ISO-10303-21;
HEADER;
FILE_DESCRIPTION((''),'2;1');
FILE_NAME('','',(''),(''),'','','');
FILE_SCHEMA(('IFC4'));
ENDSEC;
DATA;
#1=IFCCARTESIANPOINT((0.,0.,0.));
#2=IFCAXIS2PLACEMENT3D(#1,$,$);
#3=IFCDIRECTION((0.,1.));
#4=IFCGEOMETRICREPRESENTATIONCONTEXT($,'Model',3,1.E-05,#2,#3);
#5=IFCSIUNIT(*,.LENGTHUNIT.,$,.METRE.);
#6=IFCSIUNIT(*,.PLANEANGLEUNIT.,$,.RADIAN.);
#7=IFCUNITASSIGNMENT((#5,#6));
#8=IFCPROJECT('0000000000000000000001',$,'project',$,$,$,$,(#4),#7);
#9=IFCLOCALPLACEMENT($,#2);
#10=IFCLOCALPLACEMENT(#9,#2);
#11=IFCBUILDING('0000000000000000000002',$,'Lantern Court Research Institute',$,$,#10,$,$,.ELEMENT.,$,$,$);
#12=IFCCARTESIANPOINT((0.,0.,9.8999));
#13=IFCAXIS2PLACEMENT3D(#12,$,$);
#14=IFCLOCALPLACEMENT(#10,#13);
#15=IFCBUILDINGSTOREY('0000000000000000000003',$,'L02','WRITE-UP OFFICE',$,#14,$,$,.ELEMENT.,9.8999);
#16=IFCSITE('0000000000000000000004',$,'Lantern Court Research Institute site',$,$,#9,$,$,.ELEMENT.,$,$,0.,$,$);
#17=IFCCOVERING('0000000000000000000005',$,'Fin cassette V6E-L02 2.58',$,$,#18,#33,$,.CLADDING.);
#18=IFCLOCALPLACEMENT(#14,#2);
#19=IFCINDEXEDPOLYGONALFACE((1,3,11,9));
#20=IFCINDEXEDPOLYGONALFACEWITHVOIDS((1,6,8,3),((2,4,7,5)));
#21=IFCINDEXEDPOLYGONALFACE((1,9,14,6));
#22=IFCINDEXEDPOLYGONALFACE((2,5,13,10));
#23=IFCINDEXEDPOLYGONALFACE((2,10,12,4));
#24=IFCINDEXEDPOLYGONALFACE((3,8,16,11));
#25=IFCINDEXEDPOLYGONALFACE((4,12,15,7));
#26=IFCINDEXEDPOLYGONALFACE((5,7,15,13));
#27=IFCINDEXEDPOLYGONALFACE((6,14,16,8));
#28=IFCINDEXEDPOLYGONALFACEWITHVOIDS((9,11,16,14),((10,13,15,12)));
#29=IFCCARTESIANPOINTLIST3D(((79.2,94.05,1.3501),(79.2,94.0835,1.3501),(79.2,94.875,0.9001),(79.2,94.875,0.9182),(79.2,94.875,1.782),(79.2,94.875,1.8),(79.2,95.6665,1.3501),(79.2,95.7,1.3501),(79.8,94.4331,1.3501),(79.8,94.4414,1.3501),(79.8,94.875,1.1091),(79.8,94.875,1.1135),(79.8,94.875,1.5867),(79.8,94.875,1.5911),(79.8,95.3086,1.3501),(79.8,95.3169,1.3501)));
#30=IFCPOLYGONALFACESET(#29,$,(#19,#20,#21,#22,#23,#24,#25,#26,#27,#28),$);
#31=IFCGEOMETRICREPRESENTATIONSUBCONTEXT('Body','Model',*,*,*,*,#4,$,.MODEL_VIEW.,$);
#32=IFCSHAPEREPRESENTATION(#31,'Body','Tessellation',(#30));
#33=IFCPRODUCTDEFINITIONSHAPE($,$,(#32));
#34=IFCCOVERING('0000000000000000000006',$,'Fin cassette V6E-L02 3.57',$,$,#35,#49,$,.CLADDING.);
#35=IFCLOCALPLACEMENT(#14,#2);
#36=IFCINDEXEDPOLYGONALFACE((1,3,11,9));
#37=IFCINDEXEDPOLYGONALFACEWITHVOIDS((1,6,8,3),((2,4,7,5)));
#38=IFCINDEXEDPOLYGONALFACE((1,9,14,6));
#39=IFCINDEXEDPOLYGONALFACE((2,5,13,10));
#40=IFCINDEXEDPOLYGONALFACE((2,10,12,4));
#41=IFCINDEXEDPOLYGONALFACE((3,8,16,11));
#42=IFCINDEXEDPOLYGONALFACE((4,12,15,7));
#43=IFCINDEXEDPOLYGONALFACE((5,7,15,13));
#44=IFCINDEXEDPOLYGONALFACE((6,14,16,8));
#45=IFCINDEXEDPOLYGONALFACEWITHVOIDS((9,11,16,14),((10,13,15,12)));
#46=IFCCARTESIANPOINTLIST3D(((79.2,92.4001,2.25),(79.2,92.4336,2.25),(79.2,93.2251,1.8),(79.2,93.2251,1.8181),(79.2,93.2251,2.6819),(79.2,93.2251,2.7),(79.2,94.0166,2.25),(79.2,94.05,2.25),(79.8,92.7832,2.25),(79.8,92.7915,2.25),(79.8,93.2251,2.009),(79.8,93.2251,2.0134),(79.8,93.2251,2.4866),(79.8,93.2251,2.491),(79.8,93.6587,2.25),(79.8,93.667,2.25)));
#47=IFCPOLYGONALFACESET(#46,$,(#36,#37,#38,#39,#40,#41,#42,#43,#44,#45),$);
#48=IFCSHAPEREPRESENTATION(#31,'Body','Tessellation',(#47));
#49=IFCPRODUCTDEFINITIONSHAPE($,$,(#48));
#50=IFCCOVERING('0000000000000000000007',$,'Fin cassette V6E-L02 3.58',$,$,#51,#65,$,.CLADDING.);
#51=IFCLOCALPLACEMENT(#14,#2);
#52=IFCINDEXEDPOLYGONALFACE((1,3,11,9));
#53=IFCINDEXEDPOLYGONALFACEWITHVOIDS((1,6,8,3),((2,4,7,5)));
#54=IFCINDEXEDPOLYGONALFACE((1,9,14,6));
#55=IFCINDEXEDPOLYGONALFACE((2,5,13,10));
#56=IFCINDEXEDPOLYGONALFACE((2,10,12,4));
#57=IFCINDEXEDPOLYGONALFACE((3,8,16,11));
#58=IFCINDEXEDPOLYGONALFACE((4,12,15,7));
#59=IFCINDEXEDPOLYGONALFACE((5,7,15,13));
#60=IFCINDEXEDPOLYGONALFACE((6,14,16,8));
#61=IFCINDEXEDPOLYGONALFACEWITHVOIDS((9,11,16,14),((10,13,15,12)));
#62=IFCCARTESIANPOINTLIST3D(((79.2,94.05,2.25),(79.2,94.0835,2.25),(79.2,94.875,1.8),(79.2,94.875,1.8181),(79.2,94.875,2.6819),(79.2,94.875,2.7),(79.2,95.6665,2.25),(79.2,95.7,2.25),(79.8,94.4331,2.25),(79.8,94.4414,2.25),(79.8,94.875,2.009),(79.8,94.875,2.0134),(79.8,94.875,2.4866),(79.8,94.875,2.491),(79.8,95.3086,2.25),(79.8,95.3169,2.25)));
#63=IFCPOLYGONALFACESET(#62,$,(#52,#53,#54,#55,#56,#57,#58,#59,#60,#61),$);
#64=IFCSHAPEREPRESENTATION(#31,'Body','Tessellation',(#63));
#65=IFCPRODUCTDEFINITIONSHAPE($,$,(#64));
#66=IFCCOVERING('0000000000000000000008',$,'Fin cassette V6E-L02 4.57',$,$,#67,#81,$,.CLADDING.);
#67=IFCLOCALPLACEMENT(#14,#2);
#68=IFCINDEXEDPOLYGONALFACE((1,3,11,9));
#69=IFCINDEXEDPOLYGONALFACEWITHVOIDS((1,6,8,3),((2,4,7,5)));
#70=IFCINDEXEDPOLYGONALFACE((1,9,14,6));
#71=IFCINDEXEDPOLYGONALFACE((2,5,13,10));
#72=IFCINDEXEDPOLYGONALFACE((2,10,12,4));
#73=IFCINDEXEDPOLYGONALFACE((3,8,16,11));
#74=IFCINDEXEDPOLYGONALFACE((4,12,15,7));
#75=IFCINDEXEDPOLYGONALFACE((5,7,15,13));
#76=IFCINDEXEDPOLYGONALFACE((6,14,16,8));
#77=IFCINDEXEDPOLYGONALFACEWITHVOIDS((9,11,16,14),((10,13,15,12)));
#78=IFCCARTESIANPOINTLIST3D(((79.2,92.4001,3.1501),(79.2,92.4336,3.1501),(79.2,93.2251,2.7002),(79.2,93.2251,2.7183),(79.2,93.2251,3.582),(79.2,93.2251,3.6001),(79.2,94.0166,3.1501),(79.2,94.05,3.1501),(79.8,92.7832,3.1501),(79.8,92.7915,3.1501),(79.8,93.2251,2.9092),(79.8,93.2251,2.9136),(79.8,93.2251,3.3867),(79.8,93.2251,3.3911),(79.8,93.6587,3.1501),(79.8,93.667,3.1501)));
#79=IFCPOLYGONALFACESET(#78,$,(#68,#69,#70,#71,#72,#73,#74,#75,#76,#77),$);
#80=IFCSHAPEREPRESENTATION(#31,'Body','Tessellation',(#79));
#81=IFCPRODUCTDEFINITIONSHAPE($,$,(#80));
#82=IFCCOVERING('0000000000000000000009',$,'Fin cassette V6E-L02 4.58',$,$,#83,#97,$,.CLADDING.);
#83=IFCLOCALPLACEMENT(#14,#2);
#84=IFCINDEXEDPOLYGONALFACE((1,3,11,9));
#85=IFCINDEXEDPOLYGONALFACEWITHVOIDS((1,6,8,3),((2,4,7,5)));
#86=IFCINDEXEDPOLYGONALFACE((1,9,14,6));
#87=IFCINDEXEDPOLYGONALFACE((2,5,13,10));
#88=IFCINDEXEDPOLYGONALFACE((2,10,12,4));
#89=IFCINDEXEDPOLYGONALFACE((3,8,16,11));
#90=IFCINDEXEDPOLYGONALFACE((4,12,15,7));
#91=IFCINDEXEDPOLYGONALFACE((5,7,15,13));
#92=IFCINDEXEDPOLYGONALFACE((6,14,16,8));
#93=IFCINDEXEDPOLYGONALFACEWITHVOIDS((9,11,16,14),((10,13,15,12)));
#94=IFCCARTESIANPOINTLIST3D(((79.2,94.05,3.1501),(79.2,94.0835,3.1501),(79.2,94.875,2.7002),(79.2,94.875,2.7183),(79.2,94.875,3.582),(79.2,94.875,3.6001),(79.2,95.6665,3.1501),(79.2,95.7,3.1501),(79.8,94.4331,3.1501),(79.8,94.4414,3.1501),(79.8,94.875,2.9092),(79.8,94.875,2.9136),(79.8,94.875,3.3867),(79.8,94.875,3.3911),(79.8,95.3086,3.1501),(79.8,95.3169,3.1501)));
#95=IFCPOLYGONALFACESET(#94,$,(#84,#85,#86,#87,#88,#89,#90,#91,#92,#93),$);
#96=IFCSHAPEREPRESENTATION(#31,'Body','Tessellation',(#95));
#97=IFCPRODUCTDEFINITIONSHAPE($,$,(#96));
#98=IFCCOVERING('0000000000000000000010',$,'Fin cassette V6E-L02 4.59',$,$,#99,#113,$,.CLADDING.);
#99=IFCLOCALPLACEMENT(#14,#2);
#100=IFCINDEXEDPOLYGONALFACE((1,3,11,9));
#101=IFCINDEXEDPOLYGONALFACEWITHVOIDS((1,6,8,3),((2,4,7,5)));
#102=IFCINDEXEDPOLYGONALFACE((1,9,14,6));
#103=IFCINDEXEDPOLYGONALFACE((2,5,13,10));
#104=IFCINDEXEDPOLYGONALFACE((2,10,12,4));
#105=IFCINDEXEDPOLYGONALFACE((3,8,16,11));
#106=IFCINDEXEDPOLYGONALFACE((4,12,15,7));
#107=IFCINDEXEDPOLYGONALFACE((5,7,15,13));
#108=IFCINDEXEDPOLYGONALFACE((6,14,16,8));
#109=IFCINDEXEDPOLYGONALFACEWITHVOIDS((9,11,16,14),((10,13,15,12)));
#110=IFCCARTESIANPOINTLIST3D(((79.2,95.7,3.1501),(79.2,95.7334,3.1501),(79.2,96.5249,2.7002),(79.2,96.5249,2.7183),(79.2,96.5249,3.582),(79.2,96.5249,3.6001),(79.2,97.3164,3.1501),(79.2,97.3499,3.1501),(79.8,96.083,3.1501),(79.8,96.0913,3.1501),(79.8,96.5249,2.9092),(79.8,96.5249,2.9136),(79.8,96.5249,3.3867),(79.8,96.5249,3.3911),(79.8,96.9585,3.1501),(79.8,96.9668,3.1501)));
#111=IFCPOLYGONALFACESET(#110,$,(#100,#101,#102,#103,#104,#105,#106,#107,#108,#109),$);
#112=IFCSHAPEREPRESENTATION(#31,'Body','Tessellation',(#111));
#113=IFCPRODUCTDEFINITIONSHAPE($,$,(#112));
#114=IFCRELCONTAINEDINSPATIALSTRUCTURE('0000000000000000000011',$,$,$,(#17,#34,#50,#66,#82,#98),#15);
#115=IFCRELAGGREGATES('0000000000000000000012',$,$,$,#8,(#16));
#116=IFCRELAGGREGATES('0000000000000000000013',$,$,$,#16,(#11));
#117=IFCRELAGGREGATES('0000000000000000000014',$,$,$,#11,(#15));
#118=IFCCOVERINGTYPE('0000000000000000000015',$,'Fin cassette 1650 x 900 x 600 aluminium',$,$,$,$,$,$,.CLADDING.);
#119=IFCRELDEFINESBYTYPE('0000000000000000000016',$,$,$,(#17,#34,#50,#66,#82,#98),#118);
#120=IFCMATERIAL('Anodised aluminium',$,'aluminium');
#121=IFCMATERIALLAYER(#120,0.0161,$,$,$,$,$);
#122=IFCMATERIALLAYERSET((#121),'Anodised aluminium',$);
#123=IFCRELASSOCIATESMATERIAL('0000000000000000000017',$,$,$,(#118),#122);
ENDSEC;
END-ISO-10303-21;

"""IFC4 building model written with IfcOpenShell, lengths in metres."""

from ifc_helpers import new_model, entity, si_unit, direction, frame, origin, place, context, subcontext, project, spatial, material, layer, layer_set, type_object, element, save


model = new_model("IFC4")

# Units and contexts
model_context = context("Model", 3, precision=1e-05, world=origin(), true_north=direction((0.0, 1.0)))
body_context = subcontext(model_context, "Body", "Model", "MODEL_VIEW")
ifc_project = project(units=[si_unit("LENGTHUNIT", "METRE"), si_unit("PLANEANGLEUNIT", "RADIAN")], contexts=[model_context])

# Site, building, storey
site_placement = place(None, origin())
site = spatial("IfcSite", under=ifc_project, at=site_placement, Name="Lantern Court Research Institute site", CompositionType="ELEMENT", RefElevation=0.0)
building_placement = place(site_placement, origin())
building = spatial("IfcBuilding", under=site, at=building_placement, Name="Lantern Court Research Institute", CompositionType="ELEMENT")
storey_placement = place(building_placement, frame((0.0, 0.0, 9.8999)))
storey = spatial("IfcBuildingStorey", under=building, at=storey_placement, Name="L02", Description="WRITE-UP OFFICE", CompositionType="ELEMENT", Elevation=9.8999)

# Coverings
ifc_material_1 = material(Name="Anodised aluminium", Category="aluminium")
ifc_layer = layer(ifc_material_1, 0.0161)
ifc_layer_set = layer_set([ifc_layer], Name="Anodised aluminium")
covering_type = type_object("IfcCoveringType", Name="Fin cassette 1650 x 900 x 600 aluminium", PredefinedType="CLADDING", material=ifc_layer_set)
covering_1_placement = place(storey_placement, frame((79.2, 94.875, 1.3501), z_axis=(1.0, 0.0, 0.0), x_axis=(0.0, 1.0, 0.0)))
cartesian_point_1 = entity("IfcCartesianPoint", [0.825, 0.0])
cartesian_point_2 = entity("IfcCartesianPoint", [0.7915, 0.0])
cartesian_point_3 = entity("IfcCartesianPoint", [0.4419, 0.0])
cartesian_point_4 = entity("IfcCartesianPoint", [0.4336, 0.0])
element("IfcCovering", 1, at=covering_1_placement, inside=storey, type_object=covering_type, Name="Fin cassette V6E-L02 2.58", PredefinedType="CLADDING", context=body_context, shape_type="SweptSolid", body=[
    entity("IfcExtrudedAreaSolidTapered", entity("IfcArbitraryProfileDefWithVoids", "AREA", None, entity("IfcPolyline", [cartesian_point_1, entity("IfcCartesianPoint", [0.0, 0.45]), entity("IfcCartesianPoint", [-0.825, 0.0]), entity("IfcCartesianPoint", [0.0, -0.45]), cartesian_point_1]), [entity("IfcPolyline", [cartesian_point_2, entity("IfcCartesianPoint", [0.0, 0.4319]), entity("IfcCartesianPoint", [-0.7915, 0.0]), entity("IfcCartesianPoint", [0.0, -0.4319]), cartesian_point_2])]), entity("IfcAxis2Placement3D", entity("IfcCartesianPoint", [0.0, 0.0, 0.0])), entity("IfcDirection", [0.0, 0.0, 1.0]), 0.6001, entity("IfcArbitraryProfileDefWithVoids", "AREA", None, entity("IfcPolyline", [cartesian_point_3, entity("IfcCartesianPoint", [0.0, 0.241]), entity("IfcCartesianPoint", [-0.4419, 0.0]), entity("IfcCartesianPoint", [0.0, -0.241]), cartesian_point_3]), [entity("IfcPolyline", [cartesian_point_4, entity("IfcCartesianPoint", [0.0, 0.2366]), entity("IfcCartesianPoint", [-0.4336, 0.0]), entity("IfcCartesianPoint", [0.0, -0.2366]), cartesian_point_4])])),
])
covering_2_placement = place(storey_placement, frame((79.2, 93.2251, 2.25), z_axis=(1.0, 0.0, 0.0), x_axis=(0.0, 1.0, 0.0)))
cartesian_point_5 = entity("IfcCartesianPoint", [0.825, 0.0])
cartesian_point_6 = entity("IfcCartesianPoint", [0.7915, 0.0])
cartesian_point_7 = entity("IfcCartesianPoint", [0.4419, 0.0])
cartesian_point_8 = entity("IfcCartesianPoint", [0.4336, 0.0])
element("IfcCovering", 2, at=covering_2_placement, inside=storey, type_object=covering_type, Name="Fin cassette V6E-L02 3.57", PredefinedType="CLADDING", context=body_context, shape_type="SweptSolid", body=[
    entity("IfcExtrudedAreaSolidTapered", entity("IfcArbitraryProfileDefWithVoids", "AREA", None, entity("IfcPolyline", [cartesian_point_5, entity("IfcCartesianPoint", [0.0, 0.45]), entity("IfcCartesianPoint", [-0.825, 0.0]), entity("IfcCartesianPoint", [0.0, -0.45]), cartesian_point_5]), [entity("IfcPolyline", [cartesian_point_6, entity("IfcCartesianPoint", [0.0, 0.4319]), entity("IfcCartesianPoint", [-0.7915, 0.0]), entity("IfcCartesianPoint", [0.0, -0.4319]), cartesian_point_6])]), entity("IfcAxis2Placement3D", entity("IfcCartesianPoint", [0.0, 0.0, 0.0])), entity("IfcDirection", [0.0, 0.0, 1.0]), 0.6001, entity("IfcArbitraryProfileDefWithVoids", "AREA", None, entity("IfcPolyline", [cartesian_point_7, entity("IfcCartesianPoint", [0.0, 0.241]), entity("IfcCartesianPoint", [-0.4419, 0.0]), entity("IfcCartesianPoint", [0.0, -0.241]), cartesian_point_7]), [entity("IfcPolyline", [cartesian_point_8, entity("IfcCartesianPoint", [0.0, 0.2366]), entity("IfcCartesianPoint", [-0.4336, 0.0]), entity("IfcCartesianPoint", [0.0, -0.2366]), cartesian_point_8])])),
])
covering_3_placement = place(storey_placement, frame((79.2, 94.875, 2.25), z_axis=(1.0, 0.0, 0.0), x_axis=(0.0, 1.0, 0.0)))
cartesian_point_9 = entity("IfcCartesianPoint", [0.825, 0.0])
cartesian_point_10 = entity("IfcCartesianPoint", [0.7915, 0.0])
cartesian_point_11 = entity("IfcCartesianPoint", [0.4419, 0.0])
cartesian_point_12 = entity("IfcCartesianPoint", [0.4336, 0.0])
element("IfcCovering", 3, at=covering_3_placement, inside=storey, type_object=covering_type, Name="Fin cassette V6E-L02 3.58", PredefinedType="CLADDING", context=body_context, shape_type="SweptSolid", body=[
    entity("IfcExtrudedAreaSolidTapered", entity("IfcArbitraryProfileDefWithVoids", "AREA", None, entity("IfcPolyline", [cartesian_point_9, entity("IfcCartesianPoint", [0.0, 0.45]), entity("IfcCartesianPoint", [-0.825, 0.0]), entity("IfcCartesianPoint", [0.0, -0.45]), cartesian_point_9]), [entity("IfcPolyline", [cartesian_point_10, entity("IfcCartesianPoint", [0.0, 0.4319]), entity("IfcCartesianPoint", [-0.7915, 0.0]), entity("IfcCartesianPoint", [0.0, -0.4319]), cartesian_point_10])]), entity("IfcAxis2Placement3D", entity("IfcCartesianPoint", [0.0, 0.0, 0.0])), entity("IfcDirection", [0.0, 0.0, 1.0]), 0.6001, entity("IfcArbitraryProfileDefWithVoids", "AREA", None, entity("IfcPolyline", [cartesian_point_11, entity("IfcCartesianPoint", [0.0, 0.241]), entity("IfcCartesianPoint", [-0.4419, 0.0]), entity("IfcCartesianPoint", [0.0, -0.241]), cartesian_point_11]), [entity("IfcPolyline", [cartesian_point_12, entity("IfcCartesianPoint", [0.0, 0.2366]), entity("IfcCartesianPoint", [-0.4336, 0.0]), entity("IfcCartesianPoint", [0.0, -0.2366]), cartesian_point_12])])),
])
covering_4_placement = place(storey_placement, frame((79.2, 93.2251, 3.1501), z_axis=(1.0, 0.0, 0.0), x_axis=(0.0, 1.0, 0.0)))
cartesian_point_13 = entity("IfcCartesianPoint", [0.825, 0.0])
cartesian_point_14 = entity("IfcCartesianPoint", [0.7915, 0.0])
cartesian_point_15 = entity("IfcCartesianPoint", [0.4419, 0.0])
cartesian_point_16 = entity("IfcCartesianPoint", [0.4336, 0.0])
element("IfcCovering", 4, at=covering_4_placement, inside=storey, type_object=covering_type, Name="Fin cassette V6E-L02 4.57", PredefinedType="CLADDING", context=body_context, shape_type="SweptSolid", body=[
    entity("IfcExtrudedAreaSolidTapered", entity("IfcArbitraryProfileDefWithVoids", "AREA", None, entity("IfcPolyline", [cartesian_point_13, entity("IfcCartesianPoint", [0.0, 0.45]), entity("IfcCartesianPoint", [-0.825, 0.0]), entity("IfcCartesianPoint", [0.0, -0.45]), cartesian_point_13]), [entity("IfcPolyline", [cartesian_point_14, entity("IfcCartesianPoint", [0.0, 0.4319]), entity("IfcCartesianPoint", [-0.7915, 0.0]), entity("IfcCartesianPoint", [0.0, -0.4319]), cartesian_point_14])]), entity("IfcAxis2Placement3D", entity("IfcCartesianPoint", [0.0, 0.0, 0.0])), entity("IfcDirection", [0.0, 0.0, 1.0]), 0.6001, entity("IfcArbitraryProfileDefWithVoids", "AREA", None, entity("IfcPolyline", [cartesian_point_15, entity("IfcCartesianPoint", [0.0, 0.241]), entity("IfcCartesianPoint", [-0.4419, 0.0]), entity("IfcCartesianPoint", [0.0, -0.241]), cartesian_point_15]), [entity("IfcPolyline", [cartesian_point_16, entity("IfcCartesianPoint", [0.0, 0.2366]), entity("IfcCartesianPoint", [-0.4336, 0.0]), entity("IfcCartesianPoint", [0.0, -0.2366]), cartesian_point_16])])),
])
covering_5_placement = place(storey_placement, frame((79.2, 94.875, 3.1501), z_axis=(1.0, 0.0, 0.0), x_axis=(0.0, 1.0, 0.0)))
cartesian_point_17 = entity("IfcCartesianPoint", [0.825, 0.0])
cartesian_point_18 = entity("IfcCartesianPoint", [0.7915, 0.0])
cartesian_point_19 = entity("IfcCartesianPoint", [0.4419, 0.0])
cartesian_point_20 = entity("IfcCartesianPoint", [0.4336, 0.0])
element("IfcCovering", 5, at=covering_5_placement, inside=storey, type_object=covering_type, Name="Fin cassette V6E-L02 4.58", PredefinedType="CLADDING", context=body_context, shape_type="SweptSolid", body=[
    entity("IfcExtrudedAreaSolidTapered", entity("IfcArbitraryProfileDefWithVoids", "AREA", None, entity("IfcPolyline", [cartesian_point_17, entity("IfcCartesianPoint", [0.0, 0.45]), entity("IfcCartesianPoint", [-0.825, 0.0]), entity("IfcCartesianPoint", [0.0, -0.45]), cartesian_point_17]), [entity("IfcPolyline", [cartesian_point_18, entity("IfcCartesianPoint", [0.0, 0.4319]), entity("IfcCartesianPoint", [-0.7915, 0.0]), entity("IfcCartesianPoint", [0.0, -0.4319]), cartesian_point_18])]), entity("IfcAxis2Placement3D", entity("IfcCartesianPoint", [0.0, 0.0, 0.0])), entity("IfcDirection", [0.0, 0.0, 1.0]), 0.6001, entity("IfcArbitraryProfileDefWithVoids", "AREA", None, entity("IfcPolyline", [cartesian_point_19, entity("IfcCartesianPoint", [0.0, 0.241]), entity("IfcCartesianPoint", [-0.4419, 0.0]), entity("IfcCartesianPoint", [0.0, -0.241]), cartesian_point_19]), [entity("IfcPolyline", [cartesian_point_20, entity("IfcCartesianPoint", [0.0, 0.2366]), entity("IfcCartesianPoint", [-0.4336, 0.0]), entity("IfcCartesianPoint", [0.0, -0.2366]), cartesian_point_20])])),
])
covering_6_placement = place(storey_placement, frame((79.2, 96.5249, 3.1501), z_axis=(1.0, 0.0, 0.0), x_axis=(0.0, 1.0, 0.0)))
cartesian_point_21 = entity("IfcCartesianPoint", [0.825, 0.0])
cartesian_point_22 = entity("IfcCartesianPoint", [0.7915, 0.0])
cartesian_point_23 = entity("IfcCartesianPoint", [0.4419, 0.0])
cartesian_point_24 = entity("IfcCartesianPoint", [0.4336, 0.0])
element("IfcCovering", 6, at=covering_6_placement, inside=storey, type_object=covering_type, Name="Fin cassette V6E-L02 4.59", PredefinedType="CLADDING", context=body_context, shape_type="SweptSolid", body=[
    entity("IfcExtrudedAreaSolidTapered", entity("IfcArbitraryProfileDefWithVoids", "AREA", None, entity("IfcPolyline", [cartesian_point_21, entity("IfcCartesianPoint", [0.0, 0.45]), entity("IfcCartesianPoint", [-0.825, 0.0]), entity("IfcCartesianPoint", [0.0, -0.45]), cartesian_point_21]), [entity("IfcPolyline", [cartesian_point_22, entity("IfcCartesianPoint", [0.0, 0.4319]), entity("IfcCartesianPoint", [-0.7915, 0.0]), entity("IfcCartesianPoint", [0.0, -0.4319]), cartesian_point_22])]), entity("IfcAxis2Placement3D", entity("IfcCartesianPoint", [0.0, 0.0, 0.0])), entity("IfcDirection", [0.0, 0.0, 1.0]), 0.6001, entity("IfcArbitraryProfileDefWithVoids", "AREA", None, entity("IfcPolyline", [cartesian_point_23, entity("IfcCartesianPoint", [0.0, 0.241]), entity("IfcCartesianPoint", [-0.4419, 0.0]), entity("IfcCartesianPoint", [0.0, -0.241]), cartesian_point_23]), [entity("IfcPolyline", [cartesian_point_24, entity("IfcCartesianPoint", [0.0, 0.2366]), entity("IfcCartesianPoint", [-0.4336, 0.0]), entity("IfcCartesianPoint", [0.0, -0.2366]), cartesian_point_24])])),
])

save(model, "model.ifc")
